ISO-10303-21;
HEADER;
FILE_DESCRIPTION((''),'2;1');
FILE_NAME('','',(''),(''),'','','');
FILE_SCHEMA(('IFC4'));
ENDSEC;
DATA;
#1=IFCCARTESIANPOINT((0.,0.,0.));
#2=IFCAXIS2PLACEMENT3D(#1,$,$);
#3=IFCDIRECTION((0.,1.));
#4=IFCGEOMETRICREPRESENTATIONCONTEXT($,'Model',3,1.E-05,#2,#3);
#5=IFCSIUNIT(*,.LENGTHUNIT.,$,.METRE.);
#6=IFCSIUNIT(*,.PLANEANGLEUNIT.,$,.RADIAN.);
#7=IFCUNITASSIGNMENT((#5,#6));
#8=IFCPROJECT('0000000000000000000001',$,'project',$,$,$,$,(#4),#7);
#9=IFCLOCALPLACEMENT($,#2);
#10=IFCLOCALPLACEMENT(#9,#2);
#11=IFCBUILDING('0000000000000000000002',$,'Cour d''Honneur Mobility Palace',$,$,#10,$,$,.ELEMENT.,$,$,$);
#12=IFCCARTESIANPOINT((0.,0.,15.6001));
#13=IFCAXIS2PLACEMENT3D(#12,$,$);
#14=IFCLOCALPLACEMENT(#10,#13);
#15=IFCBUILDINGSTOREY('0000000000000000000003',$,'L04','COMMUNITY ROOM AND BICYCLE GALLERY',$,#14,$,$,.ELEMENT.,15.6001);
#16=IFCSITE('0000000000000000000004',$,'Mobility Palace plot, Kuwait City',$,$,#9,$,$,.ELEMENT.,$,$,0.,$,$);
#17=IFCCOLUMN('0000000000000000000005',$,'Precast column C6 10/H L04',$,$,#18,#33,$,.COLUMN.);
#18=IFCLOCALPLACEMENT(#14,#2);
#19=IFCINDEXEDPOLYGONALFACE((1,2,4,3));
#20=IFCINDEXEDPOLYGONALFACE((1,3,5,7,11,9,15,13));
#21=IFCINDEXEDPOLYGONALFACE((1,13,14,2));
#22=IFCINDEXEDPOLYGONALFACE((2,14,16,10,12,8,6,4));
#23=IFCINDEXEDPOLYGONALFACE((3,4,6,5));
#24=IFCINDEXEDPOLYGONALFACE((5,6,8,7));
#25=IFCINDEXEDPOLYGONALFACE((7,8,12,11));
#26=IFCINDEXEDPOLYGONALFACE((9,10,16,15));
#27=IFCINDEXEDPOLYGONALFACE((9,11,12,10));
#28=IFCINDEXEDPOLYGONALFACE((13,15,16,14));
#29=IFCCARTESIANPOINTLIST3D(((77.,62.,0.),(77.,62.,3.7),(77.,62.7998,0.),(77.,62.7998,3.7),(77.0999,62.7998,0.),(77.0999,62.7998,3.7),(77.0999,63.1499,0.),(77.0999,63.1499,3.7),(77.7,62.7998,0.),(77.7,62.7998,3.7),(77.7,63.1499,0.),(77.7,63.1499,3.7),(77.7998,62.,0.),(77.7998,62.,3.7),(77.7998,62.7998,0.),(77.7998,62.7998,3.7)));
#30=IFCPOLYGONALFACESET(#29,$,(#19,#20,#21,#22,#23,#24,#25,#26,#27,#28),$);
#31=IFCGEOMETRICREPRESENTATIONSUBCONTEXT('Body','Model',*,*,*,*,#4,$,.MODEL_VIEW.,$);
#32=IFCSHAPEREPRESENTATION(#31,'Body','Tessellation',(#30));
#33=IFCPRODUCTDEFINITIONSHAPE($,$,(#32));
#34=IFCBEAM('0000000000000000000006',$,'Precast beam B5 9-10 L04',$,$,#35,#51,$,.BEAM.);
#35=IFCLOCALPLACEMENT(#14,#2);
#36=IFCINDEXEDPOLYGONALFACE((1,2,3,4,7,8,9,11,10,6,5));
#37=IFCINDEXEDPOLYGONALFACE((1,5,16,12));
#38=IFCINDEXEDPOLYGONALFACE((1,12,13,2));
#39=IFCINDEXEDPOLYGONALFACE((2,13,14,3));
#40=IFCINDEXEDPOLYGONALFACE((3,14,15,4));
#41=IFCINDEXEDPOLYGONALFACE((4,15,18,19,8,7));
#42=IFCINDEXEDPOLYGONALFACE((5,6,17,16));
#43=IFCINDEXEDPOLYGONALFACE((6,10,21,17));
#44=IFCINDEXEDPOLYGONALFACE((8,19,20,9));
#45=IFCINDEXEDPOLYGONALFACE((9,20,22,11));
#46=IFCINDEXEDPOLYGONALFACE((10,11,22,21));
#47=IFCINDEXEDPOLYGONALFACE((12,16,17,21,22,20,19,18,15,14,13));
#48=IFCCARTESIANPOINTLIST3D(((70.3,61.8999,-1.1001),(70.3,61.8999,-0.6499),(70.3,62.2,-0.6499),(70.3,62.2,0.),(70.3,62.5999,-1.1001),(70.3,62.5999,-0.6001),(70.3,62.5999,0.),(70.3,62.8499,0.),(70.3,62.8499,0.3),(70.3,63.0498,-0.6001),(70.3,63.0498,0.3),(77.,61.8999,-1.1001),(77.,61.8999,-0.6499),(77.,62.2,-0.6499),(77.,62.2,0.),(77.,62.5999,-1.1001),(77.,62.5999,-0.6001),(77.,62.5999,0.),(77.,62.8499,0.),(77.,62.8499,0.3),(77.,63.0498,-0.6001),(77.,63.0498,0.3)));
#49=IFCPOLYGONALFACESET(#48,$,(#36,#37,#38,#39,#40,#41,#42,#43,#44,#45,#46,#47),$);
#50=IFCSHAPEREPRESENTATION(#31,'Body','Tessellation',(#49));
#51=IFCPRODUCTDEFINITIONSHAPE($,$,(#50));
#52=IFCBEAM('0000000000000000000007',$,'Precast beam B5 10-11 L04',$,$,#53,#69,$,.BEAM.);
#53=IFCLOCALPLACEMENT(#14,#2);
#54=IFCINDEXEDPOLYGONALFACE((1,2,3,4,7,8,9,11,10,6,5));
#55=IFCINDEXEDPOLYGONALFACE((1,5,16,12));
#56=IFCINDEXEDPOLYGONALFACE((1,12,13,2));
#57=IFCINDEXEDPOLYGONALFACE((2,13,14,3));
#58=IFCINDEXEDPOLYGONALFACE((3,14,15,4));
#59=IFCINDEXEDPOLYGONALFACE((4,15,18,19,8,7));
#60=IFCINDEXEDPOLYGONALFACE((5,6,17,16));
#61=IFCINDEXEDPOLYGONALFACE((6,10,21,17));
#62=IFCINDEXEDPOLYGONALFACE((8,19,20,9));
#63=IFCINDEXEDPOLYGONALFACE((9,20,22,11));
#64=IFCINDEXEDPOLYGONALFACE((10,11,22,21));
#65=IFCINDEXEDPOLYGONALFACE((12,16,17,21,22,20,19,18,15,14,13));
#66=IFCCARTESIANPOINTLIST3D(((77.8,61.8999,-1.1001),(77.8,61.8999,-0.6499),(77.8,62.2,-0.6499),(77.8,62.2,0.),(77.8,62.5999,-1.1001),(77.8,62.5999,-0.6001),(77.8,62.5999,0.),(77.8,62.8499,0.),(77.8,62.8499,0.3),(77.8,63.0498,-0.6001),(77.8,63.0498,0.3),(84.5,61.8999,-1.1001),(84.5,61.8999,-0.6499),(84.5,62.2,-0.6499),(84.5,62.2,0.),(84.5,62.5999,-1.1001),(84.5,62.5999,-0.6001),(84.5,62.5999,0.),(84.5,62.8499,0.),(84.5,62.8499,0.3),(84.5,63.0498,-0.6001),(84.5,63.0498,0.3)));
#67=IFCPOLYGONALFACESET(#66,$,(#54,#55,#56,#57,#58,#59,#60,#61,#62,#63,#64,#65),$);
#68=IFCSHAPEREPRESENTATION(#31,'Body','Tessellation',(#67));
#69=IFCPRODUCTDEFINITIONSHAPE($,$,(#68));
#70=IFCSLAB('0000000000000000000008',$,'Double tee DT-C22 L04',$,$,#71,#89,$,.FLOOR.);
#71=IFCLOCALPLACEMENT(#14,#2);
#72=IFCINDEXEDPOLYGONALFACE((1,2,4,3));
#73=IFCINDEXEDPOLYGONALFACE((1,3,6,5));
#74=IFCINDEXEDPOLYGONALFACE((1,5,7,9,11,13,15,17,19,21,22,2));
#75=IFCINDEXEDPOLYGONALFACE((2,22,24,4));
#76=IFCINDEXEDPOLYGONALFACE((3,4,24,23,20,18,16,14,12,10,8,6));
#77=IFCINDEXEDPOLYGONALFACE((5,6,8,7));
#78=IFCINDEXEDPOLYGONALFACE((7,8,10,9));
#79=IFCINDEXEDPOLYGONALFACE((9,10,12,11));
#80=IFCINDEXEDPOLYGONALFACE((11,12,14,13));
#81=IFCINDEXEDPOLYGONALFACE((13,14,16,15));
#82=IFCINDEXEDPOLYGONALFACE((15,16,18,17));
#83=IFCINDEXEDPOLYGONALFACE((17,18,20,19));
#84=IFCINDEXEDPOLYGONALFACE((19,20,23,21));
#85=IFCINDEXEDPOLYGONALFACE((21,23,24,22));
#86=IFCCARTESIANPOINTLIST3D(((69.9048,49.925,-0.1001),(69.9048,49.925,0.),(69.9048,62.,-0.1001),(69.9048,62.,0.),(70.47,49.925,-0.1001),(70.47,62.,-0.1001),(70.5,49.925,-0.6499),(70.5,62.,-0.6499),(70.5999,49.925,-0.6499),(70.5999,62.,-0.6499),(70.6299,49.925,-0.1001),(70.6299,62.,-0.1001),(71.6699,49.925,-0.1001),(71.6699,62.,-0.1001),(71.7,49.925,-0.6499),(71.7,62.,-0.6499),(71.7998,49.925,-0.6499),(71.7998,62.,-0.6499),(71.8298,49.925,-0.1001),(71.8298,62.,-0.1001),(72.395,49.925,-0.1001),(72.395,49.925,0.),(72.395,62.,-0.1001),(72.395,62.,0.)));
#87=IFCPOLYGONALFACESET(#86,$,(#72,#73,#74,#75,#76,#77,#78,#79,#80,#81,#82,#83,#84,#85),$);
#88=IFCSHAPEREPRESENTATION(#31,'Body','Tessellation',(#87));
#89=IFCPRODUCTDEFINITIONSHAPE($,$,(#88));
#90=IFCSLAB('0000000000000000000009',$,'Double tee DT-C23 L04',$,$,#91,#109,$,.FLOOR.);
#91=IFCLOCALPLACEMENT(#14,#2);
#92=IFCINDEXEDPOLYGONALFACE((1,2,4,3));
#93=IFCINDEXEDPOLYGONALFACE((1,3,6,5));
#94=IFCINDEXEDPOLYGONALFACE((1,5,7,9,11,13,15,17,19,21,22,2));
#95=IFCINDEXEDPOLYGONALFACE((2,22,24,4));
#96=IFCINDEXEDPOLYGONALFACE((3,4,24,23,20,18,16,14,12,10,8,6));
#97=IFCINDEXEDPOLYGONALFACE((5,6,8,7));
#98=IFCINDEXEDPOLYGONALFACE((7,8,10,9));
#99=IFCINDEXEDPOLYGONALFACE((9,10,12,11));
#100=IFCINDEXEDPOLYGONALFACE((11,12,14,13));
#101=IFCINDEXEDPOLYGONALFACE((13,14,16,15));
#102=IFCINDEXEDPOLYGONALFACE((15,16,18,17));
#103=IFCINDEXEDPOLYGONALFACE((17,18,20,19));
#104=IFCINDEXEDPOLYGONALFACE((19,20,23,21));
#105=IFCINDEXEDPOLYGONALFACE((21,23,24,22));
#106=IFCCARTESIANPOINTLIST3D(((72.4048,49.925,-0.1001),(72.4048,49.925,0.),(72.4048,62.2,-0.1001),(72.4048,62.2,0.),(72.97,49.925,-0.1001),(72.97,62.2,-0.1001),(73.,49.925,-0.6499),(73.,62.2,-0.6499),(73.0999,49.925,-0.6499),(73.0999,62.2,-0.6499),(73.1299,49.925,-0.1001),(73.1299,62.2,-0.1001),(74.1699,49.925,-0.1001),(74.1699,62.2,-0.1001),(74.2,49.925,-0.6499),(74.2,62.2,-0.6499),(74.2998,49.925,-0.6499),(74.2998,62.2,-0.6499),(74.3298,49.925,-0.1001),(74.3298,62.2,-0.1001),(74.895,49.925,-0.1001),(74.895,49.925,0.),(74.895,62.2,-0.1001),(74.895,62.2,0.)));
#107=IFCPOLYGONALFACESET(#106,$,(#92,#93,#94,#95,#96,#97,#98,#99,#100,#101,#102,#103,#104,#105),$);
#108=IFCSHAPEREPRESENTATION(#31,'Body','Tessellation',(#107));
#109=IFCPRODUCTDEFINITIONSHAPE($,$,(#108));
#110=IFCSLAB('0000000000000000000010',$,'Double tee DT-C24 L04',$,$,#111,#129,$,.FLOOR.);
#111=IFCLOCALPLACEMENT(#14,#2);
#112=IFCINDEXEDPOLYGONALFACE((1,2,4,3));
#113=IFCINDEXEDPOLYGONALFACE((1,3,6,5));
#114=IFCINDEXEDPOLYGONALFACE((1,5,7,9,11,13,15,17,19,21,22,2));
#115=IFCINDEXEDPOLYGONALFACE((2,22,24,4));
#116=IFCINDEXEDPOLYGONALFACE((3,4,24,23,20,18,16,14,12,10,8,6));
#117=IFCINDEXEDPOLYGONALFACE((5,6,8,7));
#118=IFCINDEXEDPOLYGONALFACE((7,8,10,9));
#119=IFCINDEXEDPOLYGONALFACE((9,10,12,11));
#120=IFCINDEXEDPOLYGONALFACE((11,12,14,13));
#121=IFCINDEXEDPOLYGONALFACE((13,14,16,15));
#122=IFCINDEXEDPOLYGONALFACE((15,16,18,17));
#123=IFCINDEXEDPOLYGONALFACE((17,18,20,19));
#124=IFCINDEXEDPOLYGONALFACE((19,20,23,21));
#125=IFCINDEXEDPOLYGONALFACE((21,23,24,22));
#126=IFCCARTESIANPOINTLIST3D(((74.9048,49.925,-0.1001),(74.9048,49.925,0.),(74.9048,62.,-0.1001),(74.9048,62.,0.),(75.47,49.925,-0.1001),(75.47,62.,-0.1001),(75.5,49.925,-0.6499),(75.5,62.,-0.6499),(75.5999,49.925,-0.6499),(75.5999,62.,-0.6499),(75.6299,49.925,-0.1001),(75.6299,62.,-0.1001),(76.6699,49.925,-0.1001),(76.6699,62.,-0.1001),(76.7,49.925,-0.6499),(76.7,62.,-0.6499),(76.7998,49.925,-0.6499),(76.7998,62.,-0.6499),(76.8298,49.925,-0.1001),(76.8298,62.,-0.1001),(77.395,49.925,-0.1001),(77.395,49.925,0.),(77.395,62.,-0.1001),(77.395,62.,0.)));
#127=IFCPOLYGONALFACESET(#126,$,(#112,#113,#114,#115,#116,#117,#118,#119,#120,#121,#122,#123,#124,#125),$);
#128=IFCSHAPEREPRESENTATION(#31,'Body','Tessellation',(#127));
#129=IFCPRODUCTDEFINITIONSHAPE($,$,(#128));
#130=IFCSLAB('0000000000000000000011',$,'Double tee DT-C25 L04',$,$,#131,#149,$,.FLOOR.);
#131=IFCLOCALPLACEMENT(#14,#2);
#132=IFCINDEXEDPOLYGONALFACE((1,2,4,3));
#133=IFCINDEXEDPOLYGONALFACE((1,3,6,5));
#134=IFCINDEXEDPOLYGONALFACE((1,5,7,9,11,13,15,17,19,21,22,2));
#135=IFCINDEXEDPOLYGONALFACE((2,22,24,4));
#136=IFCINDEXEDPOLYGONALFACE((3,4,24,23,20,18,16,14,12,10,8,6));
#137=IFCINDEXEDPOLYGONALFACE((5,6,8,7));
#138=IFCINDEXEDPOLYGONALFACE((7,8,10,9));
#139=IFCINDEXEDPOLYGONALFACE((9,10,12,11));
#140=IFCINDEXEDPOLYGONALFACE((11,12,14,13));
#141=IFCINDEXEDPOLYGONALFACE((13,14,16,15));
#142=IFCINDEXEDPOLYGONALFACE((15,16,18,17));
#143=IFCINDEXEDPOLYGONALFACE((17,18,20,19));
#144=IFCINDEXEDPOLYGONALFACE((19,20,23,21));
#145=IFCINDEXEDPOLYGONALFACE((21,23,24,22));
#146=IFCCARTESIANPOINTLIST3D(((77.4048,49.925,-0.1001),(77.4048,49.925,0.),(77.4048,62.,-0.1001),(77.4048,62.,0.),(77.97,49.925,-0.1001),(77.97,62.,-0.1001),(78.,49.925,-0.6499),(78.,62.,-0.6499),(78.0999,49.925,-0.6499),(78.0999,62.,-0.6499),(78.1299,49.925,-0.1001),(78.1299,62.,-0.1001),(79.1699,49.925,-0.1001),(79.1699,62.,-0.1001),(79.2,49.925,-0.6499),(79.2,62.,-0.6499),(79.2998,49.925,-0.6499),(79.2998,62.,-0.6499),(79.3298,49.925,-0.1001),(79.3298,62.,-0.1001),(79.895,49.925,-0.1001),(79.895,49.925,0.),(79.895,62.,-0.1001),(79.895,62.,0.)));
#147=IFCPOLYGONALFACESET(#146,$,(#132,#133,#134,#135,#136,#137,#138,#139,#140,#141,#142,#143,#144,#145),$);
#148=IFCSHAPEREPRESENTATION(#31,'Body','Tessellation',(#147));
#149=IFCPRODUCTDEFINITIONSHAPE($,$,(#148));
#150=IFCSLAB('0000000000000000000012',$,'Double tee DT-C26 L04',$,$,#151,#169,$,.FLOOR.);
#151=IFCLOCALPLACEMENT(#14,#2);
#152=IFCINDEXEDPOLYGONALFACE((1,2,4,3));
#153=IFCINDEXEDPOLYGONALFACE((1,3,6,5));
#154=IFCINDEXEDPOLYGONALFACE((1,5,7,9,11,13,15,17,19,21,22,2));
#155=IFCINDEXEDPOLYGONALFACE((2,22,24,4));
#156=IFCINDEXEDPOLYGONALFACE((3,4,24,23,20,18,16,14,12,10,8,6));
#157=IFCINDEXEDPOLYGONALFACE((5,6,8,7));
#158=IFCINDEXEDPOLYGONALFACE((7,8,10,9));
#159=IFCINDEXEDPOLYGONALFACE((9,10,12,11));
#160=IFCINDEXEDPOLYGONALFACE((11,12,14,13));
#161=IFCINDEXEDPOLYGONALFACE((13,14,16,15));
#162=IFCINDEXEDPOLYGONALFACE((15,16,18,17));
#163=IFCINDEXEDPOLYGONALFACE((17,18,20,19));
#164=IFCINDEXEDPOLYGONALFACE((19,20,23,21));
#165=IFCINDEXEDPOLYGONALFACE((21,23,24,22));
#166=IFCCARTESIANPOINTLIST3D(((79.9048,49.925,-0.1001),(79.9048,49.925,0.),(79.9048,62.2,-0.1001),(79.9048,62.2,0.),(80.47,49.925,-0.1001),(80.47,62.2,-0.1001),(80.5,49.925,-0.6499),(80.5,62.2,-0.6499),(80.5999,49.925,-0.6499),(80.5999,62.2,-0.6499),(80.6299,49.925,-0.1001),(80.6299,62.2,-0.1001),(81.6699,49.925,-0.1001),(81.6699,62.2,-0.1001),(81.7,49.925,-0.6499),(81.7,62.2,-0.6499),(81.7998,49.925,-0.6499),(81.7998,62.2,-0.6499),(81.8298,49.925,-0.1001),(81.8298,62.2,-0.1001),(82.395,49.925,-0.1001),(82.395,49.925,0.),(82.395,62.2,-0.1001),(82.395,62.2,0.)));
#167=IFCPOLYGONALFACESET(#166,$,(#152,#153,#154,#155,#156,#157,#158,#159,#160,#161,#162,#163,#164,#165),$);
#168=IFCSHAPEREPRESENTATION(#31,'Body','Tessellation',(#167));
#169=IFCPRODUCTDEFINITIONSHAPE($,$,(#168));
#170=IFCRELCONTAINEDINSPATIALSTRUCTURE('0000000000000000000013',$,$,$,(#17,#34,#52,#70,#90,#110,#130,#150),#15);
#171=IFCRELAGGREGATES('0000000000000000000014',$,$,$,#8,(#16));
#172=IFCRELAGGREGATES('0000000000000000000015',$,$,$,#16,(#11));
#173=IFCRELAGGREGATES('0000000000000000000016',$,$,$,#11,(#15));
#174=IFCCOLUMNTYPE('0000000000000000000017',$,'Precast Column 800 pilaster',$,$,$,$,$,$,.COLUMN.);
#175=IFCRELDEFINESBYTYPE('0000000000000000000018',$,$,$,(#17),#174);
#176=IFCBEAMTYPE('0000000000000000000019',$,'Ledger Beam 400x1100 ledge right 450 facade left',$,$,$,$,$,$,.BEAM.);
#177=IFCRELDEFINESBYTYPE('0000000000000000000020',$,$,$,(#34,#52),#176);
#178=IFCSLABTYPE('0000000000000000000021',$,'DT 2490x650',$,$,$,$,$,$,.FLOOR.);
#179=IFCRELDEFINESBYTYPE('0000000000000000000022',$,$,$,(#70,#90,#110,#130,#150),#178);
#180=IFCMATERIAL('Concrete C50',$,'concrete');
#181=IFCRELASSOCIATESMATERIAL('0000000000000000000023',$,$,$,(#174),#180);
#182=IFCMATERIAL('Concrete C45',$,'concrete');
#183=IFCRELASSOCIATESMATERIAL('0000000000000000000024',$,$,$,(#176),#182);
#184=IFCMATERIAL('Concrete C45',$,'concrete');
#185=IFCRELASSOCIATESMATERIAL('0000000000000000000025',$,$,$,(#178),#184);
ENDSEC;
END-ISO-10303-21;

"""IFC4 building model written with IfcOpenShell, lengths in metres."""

from ifc_helpers import new_model, si_unit, direction, frame, origin, place, context, subcontext, project, spatial, polyline, outline, extrude, material, material_profile, profile_set, type_object, element, save


model = new_model("IFC4")

# Units and contexts
model_context = context("Model", 3, precision=1e-05, world=origin(), true_north=direction((0.0, 1.0)))
body_context = subcontext(model_context, "Body", "Model", "MODEL_VIEW")
ifc_project = project(units=[si_unit("LENGTHUNIT", "METRE"), si_unit("PLANEANGLEUNIT", "RADIAN")], contexts=[model_context])

# Site, building, storey
site_placement = place(None, origin())
site = spatial("IfcSite", under=ifc_project, at=site_placement, Name="Mobility Palace plot, Kuwait City", CompositionType="ELEMENT", RefElevation=0.0)
building_placement = place(site_placement, origin())
building = spatial("IfcBuilding", under=site, at=building_placement, Name="Cour d'Honneur Mobility Palace", CompositionType="ELEMENT")
storey_placement = place(building_placement, frame((0.0, 0.0, 15.6001)))
storey = spatial("IfcBuildingStorey", under=building, at=storey_placement, Name="L04", Description="COMMUNITY ROOM AND BICYCLE GALLERY", CompositionType="ELEMENT", Elevation=15.6001)

# Column
ifc_material_1 = material(Name="Concrete C50", Category="concrete")
ifc_material_profile_1 = material_profile(ifc_material_1, outline(polyline([(-0.3999, -0.3999), (0.3999, -0.3999), (0.3999, -0.3), (0.75, -0.3), (0.75, 0.3), (0.3999, 0.3), (0.3999, 0.3999), (-0.3999, 0.3999), (-0.3999, -0.3999)])), Name="PC C800 pilaster")
ifc_profile_set_1 = profile_set([ifc_material_profile_1], Name="Concrete C50")
column_type = type_object("IfcColumnType", Name="Precast Column 800 pilaster", PredefinedType="COLUMN", material=ifc_profile_set_1)
column_placement = place(storey_placement, frame((77.3999, 62.3999, 0.0), z_axis=(0.0, 0.0, 1.0), x_axis=(0.0, 1.0, 0.0)))
element("IfcColumn", 1, at=column_placement, inside=storey, type_object=column_type, Name="Precast column C6 10/H L04", PredefinedType="COLUMN", context=body_context, shape_type="SweptSolid", body=[
    extrude(outline(polyline([(-0.3999, -0.3999), (0.3999, -0.3999), (0.3999, -0.3), (0.75, -0.3), (0.75, 0.3), (0.3999, 0.3), (0.3999, 0.3999), (-0.3999, 0.3999), (-0.3999, -0.3999)])), origin(), (0.0, 0.0, 1.0), 3.7),
])

# Beams
ifc_material_2 = material(Name="Concrete C45", Category="concrete")
ifc_material_profile_2 = material_profile(ifc_material_2, outline(polyline([(0.2, -1.1001), (0.2, -0.6001), (0.6499, -0.6001), (0.6499, 0.3), (0.45, 0.3), (0.45, 0.0), (0.2, 0.0), (-0.2, 0.0), (-0.2, -0.6499), (-0.5, -0.6499), (-0.5, -1.1001), (0.2, -1.1001)])), Name="Ledger Beam 400x1100 ledge right 450 facade left")
ifc_profile_set_2 = profile_set([ifc_material_profile_2], Name="Concrete C45")
beam_type = type_object("IfcBeamType", Name="Ledger Beam 400x1100 ledge right 450 facade left", PredefinedType="BEAM", material=ifc_profile_set_2)
for number, where, z_axis, x_axis, name in (
    (2, (70.3, 62.3999, 0.0), (1.0, 0.0, 0.0), (0.0, 1.0, 0.0), "Precast beam B5 9-10 L04"),
    (3, (77.8, 62.3999, 0.0), (1.0, 0.0, 0.0), (0.0, 1.0, 0.0), "Precast beam B5 10-11 L04"),
):
    element("IfcBeam", number, at=place(storey_placement, frame(where, z_axis=z_axis, x_axis=x_axis)), inside=storey, type_object=beam_type, Name=name, PredefinedType="BEAM", context=body_context, shape_type="SweptSolid", body=[
        extrude(outline(polyline([(0.2, -1.1001), (0.2, -0.6001), (0.6499, -0.6001), (0.6499, 0.3), (0.45, 0.3), (0.45, 0.0), (0.2, 0.0), (-0.2, 0.0), (-0.2, -0.6499), (-0.5, -0.6499), (-0.5, -1.1001), (0.2, -1.1001)])), origin(), (0.0, 0.0, 1.0), 6.7),
    ])

# Slabs
ifc_material_3 = material(Name="Concrete C45", Category="concrete")
ifc_material_profile_3 = material_profile(ifc_material_3, outline(polyline([(-1.2451, 0.0), (1.2451, 0.0), (1.2451, -0.1001), (0.6799, -0.1001), (0.6499, -0.6499), (0.55, -0.6499), (0.52, -0.1001), (-0.52, -0.1001), (-0.55, -0.6499), (-0.6499, -0.6499), (-0.6799, -0.1001), (-1.2451, -0.1001), (-1.2451, 0.0)])), Name="DT 2490x650")
ifc_profile_set_3 = profile_set([ifc_material_profile_3], Name="Concrete C45")
slab_type = type_object("IfcSlabType", Name="DT 2490x650", PredefinedType="FLOOR", material=ifc_profile_set_3)
slab_1_placement = place(storey_placement, frame((71.1499, 49.925, 0.0), z_axis=(0.0, 1.0, 0.0), x_axis=(-1.0, 0.0, 0.0)))
element("IfcSlab", 4, at=slab_1_placement, inside=storey, type_object=slab_type, Name="Double tee DT-C22 L04", PredefinedType="FLOOR", context=body_context, shape_type="SweptSolid", body=[
    extrude(outline(polyline([(-1.2451, 0.0), (1.2451, 0.0), (1.2451, -0.1001), (0.6799, -0.1001), (0.6499, -0.6499), (0.55, -0.6499), (0.52, -0.1001), (-0.52, -0.1001), (-0.55, -0.6499), (-0.6499, -0.6499), (-0.6799, -0.1001), (-1.2451, -0.1001), (-1.2451, 0.0)])), origin(), (0.0, 0.0, 1.0), 12.075),
])
slab_2_placement = place(storey_placement, frame((73.6499, 49.925, 0.0), z_axis=(0.0, 1.0, 0.0), x_axis=(-1.0, 0.0, 0.0)))
element("IfcSlab", 5, at=slab_2_placement, inside=storey, type_object=slab_type, Name="Double tee DT-C23 L04", PredefinedType="FLOOR", context=body_context, shape_type="SweptSolid", body=[
    extrude(outline(polyline([(-1.2451, 0.0), (1.2451, 0.0), (1.2451, -0.1001), (0.6799, -0.1001), (0.6499, -0.6499), (0.55, -0.6499), (0.52, -0.1001), (-0.52, -0.1001), (-0.55, -0.6499), (-0.6499, -0.6499), (-0.6799, -0.1001), (-1.2451, -0.1001), (-1.2451, 0.0)])), origin(), (0.0, 0.0, 1.0), 12.2749),
])
for number, where, z_axis, x_axis, name in (
    (6, (76.1499, 49.925, 0.0), (0.0, 1.0, 0.0), (-1.0, 0.0, 0.0), "Double tee DT-C24 L04"),
    (7, (78.6499, 49.925, 0.0), (0.0, 1.0, 0.0), (-1.0, 0.0, 0.0), "Double tee DT-C25 L04"),
):
    element("IfcSlab", number, at=place(storey_placement, frame(where, z_axis=z_axis, x_axis=x_axis)), inside=storey, type_object=slab_type, Name=name, PredefinedType="FLOOR", context=body_context, shape_type="SweptSolid", body=[
        extrude(outline(polyline([(-1.2451, 0.0), (1.2451, 0.0), (1.2451, -0.1001), (0.6799, -0.1001), (0.6499, -0.6499), (0.55, -0.6499), (0.52, -0.1001), (-0.52, -0.1001), (-0.55, -0.6499), (-0.6499, -0.6499), (-0.6799, -0.1001), (-1.2451, -0.1001), (-1.2451, 0.0)])), origin(), (0.0, 0.0, 1.0), 12.075),
    ])
slab_3_placement = place(storey_placement, frame((81.1499, 49.925, 0.0), z_axis=(0.0, 1.0, 0.0), x_axis=(-1.0, 0.0, 0.0)))
element("IfcSlab", 8, at=slab_3_placement, inside=storey, type_object=slab_type, Name="Double tee DT-C26 L04", PredefinedType="FLOOR", context=body_context, shape_type="SweptSolid", body=[
    extrude(outline(polyline([(-1.2451, 0.0), (1.2451, 0.0), (1.2451, -0.1001), (0.6799, -0.1001), (0.6499, -0.6499), (0.55, -0.6499), (0.52, -0.1001), (-0.52, -0.1001), (-0.55, -0.6499), (-0.6499, -0.6499), (-0.6799, -0.1001), (-1.2451, -0.1001), (-1.2451, 0.0)])), origin(), (0.0, 0.0, 1.0), 12.2749),
])

save(model, "model.ifc")
